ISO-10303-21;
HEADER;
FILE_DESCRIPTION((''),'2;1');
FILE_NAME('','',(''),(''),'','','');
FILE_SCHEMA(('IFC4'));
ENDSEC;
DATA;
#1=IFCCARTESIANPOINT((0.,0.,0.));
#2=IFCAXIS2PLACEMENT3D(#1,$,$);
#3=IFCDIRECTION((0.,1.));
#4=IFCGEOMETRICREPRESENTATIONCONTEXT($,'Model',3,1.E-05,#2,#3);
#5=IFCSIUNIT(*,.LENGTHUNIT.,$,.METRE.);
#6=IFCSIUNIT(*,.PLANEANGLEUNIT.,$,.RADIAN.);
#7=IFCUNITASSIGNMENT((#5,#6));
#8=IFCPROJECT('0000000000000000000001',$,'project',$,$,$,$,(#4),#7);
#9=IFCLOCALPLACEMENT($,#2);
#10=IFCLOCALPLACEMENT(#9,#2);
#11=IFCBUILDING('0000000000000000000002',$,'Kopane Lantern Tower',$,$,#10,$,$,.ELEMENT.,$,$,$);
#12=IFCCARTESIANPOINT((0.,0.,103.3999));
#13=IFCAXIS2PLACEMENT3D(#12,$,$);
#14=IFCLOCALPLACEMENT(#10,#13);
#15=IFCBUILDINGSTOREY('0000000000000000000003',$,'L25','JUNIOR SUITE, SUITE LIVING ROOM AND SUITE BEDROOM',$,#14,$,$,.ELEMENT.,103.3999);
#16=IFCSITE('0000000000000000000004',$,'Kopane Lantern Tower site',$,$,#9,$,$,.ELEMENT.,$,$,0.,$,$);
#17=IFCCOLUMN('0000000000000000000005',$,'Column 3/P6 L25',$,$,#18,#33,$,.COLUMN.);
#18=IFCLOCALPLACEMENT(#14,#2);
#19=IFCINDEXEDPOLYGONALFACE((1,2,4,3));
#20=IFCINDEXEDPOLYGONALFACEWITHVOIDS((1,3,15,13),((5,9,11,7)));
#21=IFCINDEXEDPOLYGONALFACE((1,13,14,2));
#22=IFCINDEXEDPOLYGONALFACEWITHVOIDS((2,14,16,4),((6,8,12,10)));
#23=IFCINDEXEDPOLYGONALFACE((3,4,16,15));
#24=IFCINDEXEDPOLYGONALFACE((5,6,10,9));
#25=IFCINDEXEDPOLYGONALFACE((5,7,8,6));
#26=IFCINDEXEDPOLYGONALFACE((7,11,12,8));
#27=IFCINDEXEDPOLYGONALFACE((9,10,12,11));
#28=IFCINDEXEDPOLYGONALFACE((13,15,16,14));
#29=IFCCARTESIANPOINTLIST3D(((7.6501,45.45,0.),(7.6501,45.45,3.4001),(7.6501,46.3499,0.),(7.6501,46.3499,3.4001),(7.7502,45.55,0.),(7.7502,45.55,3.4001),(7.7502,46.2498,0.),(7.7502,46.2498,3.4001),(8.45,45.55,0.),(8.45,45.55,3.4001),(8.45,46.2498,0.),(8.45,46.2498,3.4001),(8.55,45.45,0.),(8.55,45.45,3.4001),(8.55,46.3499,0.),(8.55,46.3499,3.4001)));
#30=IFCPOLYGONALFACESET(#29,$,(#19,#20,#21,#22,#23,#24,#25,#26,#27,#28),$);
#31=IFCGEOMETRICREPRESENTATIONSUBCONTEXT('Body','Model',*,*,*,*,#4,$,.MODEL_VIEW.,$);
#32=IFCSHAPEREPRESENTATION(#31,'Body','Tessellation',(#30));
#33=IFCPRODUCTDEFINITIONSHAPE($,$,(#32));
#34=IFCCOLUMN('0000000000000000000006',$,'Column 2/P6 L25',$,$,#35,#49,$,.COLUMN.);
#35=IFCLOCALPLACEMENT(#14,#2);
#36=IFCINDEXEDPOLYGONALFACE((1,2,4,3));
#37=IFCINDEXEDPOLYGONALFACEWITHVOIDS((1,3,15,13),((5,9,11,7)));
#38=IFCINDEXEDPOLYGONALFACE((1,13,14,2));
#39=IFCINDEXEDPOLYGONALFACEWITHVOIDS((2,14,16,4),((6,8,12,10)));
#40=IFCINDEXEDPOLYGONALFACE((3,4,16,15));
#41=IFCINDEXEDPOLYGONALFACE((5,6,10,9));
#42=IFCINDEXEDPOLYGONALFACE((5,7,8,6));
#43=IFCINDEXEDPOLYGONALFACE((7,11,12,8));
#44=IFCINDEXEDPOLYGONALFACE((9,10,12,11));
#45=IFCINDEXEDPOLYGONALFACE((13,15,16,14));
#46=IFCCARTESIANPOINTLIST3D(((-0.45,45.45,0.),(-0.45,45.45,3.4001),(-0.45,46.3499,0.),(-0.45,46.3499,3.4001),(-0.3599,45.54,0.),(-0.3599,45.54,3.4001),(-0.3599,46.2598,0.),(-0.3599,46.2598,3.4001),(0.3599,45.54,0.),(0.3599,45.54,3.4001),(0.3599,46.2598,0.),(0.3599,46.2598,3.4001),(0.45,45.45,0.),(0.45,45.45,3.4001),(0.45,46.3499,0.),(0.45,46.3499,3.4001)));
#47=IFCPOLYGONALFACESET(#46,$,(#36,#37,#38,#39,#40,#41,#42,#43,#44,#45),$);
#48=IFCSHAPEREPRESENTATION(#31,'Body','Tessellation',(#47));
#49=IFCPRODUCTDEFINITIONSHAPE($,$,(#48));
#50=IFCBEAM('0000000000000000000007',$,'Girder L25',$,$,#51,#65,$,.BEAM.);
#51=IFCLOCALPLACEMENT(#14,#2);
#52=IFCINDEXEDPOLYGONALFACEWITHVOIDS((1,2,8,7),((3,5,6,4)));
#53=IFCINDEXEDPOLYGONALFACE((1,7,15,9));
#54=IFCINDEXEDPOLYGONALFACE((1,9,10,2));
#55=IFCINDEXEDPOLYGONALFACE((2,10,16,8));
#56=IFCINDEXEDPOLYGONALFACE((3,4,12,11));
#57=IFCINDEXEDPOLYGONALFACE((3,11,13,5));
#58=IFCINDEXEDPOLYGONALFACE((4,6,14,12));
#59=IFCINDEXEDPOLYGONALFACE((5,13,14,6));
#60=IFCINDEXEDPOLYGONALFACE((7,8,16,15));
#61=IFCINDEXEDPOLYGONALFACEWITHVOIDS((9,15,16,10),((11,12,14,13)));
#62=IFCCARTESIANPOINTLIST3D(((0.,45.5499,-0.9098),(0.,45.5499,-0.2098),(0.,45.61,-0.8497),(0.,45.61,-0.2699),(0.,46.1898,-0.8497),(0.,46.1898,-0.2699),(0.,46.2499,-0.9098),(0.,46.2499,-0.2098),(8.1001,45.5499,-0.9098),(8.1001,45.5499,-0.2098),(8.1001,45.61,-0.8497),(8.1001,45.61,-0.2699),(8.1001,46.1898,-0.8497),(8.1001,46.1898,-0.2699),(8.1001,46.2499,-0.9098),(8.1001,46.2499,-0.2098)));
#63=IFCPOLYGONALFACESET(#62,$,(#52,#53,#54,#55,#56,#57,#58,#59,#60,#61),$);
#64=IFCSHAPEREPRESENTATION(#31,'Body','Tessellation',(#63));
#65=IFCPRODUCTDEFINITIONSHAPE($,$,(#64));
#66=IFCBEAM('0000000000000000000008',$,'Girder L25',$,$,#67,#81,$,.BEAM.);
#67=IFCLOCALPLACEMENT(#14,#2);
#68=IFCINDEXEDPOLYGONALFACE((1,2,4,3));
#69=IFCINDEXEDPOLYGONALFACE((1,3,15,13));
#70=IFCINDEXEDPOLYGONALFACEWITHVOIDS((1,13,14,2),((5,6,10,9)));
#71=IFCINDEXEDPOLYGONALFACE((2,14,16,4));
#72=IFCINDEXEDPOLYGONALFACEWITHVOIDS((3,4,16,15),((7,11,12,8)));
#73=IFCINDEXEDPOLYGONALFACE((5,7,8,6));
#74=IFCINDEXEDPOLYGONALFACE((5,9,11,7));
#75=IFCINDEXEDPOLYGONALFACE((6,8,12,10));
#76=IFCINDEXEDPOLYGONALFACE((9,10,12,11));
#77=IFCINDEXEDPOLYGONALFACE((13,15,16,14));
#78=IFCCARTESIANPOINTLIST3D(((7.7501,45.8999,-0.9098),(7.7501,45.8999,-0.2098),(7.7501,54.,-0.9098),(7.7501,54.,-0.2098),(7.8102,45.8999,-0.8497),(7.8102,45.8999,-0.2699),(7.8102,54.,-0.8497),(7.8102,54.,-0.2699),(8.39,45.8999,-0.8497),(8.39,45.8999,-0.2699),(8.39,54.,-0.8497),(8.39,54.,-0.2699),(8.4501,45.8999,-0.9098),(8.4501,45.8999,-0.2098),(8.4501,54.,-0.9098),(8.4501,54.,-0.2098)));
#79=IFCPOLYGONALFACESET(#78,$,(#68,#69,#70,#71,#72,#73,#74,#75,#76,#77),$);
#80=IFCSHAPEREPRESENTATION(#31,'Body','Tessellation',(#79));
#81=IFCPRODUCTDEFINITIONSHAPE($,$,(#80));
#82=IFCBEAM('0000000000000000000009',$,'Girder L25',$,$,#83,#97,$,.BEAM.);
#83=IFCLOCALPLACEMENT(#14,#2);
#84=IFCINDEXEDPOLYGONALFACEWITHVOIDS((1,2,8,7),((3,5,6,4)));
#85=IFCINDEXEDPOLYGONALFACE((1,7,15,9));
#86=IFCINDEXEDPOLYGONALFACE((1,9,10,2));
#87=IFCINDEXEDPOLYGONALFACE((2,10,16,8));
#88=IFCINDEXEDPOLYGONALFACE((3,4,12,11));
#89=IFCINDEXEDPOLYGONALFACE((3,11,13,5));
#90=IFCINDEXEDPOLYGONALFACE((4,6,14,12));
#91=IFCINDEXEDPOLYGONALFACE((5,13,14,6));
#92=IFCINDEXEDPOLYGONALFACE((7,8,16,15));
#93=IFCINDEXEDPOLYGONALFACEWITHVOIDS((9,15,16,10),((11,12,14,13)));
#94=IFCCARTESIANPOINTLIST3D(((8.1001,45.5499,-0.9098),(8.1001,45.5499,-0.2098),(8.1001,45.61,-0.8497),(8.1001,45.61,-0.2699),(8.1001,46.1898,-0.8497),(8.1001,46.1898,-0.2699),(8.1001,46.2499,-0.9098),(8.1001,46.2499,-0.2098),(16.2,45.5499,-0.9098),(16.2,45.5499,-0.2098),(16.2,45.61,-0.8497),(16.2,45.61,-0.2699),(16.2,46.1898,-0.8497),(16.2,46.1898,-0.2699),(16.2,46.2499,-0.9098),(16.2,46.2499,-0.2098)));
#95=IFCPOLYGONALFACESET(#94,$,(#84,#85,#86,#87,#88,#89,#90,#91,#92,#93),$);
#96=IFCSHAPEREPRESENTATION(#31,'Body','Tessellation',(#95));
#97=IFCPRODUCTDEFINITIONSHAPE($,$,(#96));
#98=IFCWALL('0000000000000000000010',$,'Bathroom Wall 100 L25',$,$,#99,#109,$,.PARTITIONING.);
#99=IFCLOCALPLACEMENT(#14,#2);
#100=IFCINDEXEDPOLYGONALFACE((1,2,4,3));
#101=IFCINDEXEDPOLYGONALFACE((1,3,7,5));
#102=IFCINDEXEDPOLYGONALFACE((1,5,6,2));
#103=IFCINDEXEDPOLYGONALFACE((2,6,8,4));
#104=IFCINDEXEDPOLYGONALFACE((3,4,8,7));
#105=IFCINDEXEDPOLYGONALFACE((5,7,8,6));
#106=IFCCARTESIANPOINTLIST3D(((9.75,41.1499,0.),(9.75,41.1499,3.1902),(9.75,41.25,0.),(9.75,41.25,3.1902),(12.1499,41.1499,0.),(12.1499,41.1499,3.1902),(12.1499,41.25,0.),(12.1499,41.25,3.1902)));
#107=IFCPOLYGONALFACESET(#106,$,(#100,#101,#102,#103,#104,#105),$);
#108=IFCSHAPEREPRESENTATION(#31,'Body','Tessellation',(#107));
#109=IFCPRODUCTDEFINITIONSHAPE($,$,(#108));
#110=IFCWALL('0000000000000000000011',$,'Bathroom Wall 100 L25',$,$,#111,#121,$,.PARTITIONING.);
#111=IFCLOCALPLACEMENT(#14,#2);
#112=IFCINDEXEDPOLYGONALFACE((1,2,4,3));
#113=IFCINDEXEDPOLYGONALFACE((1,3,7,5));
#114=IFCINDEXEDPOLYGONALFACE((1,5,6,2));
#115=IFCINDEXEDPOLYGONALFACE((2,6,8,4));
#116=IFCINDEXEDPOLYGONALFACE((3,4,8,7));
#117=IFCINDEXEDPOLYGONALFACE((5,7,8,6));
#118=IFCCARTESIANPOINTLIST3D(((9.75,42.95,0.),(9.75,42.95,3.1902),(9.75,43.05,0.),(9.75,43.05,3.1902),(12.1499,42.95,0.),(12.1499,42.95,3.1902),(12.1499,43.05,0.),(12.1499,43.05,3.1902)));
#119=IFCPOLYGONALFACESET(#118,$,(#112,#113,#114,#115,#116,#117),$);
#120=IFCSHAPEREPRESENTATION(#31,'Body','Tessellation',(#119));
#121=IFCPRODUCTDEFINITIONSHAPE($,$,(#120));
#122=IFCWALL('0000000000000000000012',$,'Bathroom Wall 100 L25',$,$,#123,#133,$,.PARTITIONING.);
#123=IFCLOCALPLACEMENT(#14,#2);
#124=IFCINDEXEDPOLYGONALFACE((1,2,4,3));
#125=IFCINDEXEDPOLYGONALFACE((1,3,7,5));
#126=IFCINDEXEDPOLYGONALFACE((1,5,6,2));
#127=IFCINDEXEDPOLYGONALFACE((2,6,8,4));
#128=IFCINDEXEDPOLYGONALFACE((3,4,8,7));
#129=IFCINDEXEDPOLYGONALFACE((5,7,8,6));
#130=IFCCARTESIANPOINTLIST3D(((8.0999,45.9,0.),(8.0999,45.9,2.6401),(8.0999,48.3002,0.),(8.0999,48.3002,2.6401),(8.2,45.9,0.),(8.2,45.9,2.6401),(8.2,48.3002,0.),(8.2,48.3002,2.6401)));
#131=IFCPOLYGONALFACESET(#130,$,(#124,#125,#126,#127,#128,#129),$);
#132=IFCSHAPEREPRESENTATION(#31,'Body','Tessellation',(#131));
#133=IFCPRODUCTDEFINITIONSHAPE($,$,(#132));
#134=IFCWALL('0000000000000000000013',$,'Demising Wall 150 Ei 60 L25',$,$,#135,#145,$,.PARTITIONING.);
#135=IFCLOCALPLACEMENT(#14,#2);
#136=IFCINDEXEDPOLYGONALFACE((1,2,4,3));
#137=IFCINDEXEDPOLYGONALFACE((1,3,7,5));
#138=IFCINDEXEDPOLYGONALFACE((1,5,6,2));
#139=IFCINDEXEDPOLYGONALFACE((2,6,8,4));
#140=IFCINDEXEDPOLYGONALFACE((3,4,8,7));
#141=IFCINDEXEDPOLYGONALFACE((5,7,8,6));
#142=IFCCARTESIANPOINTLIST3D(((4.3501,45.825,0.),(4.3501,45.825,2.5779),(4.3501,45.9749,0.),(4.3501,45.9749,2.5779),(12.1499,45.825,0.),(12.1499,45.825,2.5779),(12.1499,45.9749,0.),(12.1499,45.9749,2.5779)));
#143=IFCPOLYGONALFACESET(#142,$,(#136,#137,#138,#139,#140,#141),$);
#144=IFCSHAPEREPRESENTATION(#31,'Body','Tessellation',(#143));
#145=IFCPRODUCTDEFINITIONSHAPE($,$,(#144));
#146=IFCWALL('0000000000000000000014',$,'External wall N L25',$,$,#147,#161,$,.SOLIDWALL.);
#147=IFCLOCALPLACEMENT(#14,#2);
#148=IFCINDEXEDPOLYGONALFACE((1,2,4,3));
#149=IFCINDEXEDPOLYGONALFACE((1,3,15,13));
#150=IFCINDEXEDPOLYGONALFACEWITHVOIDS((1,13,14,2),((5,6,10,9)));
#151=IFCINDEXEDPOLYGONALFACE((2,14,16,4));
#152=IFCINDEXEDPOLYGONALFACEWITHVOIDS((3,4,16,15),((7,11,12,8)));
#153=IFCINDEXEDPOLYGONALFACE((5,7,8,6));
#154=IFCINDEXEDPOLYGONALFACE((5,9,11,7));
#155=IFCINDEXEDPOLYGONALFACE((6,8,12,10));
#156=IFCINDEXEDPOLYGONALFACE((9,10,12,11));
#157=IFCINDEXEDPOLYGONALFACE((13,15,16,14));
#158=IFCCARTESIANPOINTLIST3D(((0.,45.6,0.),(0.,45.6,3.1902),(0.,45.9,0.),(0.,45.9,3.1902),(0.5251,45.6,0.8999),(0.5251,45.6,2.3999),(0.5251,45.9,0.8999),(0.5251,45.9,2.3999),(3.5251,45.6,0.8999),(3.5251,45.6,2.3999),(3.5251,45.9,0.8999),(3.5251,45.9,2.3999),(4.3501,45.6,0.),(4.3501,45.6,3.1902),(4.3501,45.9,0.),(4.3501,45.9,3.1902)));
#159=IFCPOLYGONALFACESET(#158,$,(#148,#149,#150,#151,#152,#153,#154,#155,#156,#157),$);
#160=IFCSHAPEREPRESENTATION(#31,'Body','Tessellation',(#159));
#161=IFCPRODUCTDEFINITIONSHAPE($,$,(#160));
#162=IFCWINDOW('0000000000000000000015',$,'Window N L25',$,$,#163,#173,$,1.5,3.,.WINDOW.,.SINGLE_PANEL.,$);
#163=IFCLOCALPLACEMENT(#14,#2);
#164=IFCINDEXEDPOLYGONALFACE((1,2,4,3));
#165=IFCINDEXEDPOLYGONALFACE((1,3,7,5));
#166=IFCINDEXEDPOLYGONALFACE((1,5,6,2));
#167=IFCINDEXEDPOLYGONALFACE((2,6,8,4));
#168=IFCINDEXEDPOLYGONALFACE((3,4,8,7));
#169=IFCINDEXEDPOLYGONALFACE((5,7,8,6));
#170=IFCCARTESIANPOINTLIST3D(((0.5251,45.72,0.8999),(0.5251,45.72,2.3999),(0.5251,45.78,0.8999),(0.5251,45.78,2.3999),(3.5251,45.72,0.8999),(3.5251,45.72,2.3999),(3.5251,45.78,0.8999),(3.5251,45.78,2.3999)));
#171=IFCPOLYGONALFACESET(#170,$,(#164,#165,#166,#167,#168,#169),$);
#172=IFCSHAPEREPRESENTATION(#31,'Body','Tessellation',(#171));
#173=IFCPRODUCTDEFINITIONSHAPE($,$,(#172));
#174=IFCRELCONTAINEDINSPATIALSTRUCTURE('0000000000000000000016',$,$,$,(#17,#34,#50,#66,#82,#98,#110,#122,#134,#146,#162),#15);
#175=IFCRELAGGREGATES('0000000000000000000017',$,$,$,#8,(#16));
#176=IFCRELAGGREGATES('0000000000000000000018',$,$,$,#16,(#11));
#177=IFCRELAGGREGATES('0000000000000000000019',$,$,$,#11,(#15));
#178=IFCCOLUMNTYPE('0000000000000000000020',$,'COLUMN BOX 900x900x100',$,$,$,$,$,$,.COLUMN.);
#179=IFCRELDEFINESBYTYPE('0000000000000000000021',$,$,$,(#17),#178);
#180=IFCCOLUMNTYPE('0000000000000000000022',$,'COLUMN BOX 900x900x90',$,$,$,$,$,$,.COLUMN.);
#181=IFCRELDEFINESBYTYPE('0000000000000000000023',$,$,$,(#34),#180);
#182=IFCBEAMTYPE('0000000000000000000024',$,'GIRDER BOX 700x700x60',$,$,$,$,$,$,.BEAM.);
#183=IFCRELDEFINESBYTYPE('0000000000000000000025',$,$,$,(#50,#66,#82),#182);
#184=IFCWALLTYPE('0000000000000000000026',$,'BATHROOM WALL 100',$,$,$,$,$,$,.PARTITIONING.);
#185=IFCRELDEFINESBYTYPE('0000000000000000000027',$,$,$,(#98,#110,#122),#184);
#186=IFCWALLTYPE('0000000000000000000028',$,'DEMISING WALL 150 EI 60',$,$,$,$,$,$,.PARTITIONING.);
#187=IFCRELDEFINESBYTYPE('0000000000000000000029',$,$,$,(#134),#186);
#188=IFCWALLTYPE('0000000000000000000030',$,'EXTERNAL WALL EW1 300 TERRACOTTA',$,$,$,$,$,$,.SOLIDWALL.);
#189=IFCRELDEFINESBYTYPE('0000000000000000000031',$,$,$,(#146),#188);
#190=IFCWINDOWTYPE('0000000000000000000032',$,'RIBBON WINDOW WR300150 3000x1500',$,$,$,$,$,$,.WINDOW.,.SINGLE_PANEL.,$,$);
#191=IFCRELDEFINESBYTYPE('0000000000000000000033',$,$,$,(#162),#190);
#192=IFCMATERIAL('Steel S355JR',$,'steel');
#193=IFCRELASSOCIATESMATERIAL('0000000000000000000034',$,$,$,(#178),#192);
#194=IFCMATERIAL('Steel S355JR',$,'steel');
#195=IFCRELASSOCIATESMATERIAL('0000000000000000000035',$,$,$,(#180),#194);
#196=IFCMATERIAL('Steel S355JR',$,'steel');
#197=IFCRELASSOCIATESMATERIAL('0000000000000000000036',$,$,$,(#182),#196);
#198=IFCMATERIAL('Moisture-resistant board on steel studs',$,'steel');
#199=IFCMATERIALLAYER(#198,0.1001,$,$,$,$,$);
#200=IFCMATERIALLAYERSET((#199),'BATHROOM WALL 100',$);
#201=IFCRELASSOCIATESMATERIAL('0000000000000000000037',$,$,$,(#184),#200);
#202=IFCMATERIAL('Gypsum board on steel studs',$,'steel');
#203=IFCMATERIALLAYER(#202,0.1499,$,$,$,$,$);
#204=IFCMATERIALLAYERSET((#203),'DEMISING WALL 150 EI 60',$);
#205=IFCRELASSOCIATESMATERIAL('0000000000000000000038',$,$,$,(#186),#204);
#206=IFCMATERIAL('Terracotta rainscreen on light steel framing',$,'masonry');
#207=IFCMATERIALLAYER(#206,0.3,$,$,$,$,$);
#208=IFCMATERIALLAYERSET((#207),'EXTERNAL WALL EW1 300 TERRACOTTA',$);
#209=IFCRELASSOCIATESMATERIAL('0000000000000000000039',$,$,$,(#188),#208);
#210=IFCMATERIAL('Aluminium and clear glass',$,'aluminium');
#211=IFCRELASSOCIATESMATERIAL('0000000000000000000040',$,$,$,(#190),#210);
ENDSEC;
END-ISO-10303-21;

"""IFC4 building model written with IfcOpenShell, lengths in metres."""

from ifc_helpers import new_model, si_unit, direction, frame, frame_2d, origin, origin_2d, place, context, subcontext, project, spatial, rectangle, hollow_rectangle, extrude, material, layer, layer_set, material_profile, profile_set, type_object, element, fill, save


model = new_model("IFC4")

# Units and contexts
model_context = context("Model", 3, precision=1e-05, world=origin(), true_north=direction((0.0, 1.0)))
body_context = subcontext(model_context, "Body", "Model", "MODEL_VIEW")
ifc_project = project(units=[si_unit("LENGTHUNIT", "METRE"), si_unit("PLANEANGLEUNIT", "RADIAN")], contexts=[model_context])

# Site, building, storey
site_placement = place(None, origin())
site = spatial("IfcSite", under=ifc_project, at=site_placement, Name="Kopane Lantern Tower site", CompositionType="ELEMENT", RefElevation=0.0)
building_placement = place(site_placement, origin())
building = spatial("IfcBuilding", under=site, at=building_placement, Name="Kopane Lantern Tower", CompositionType="ELEMENT")
storey_placement = place(building_placement, frame((0.0, 0.0, 103.3999)))
storey = spatial("IfcBuildingStorey", under=building, at=storey_placement, Name="L25", Description="JUNIOR SUITE, SUITE LIVING ROOM AND SUITE BEDROOM", CompositionType="ELEMENT", Elevation=103.3999)

# Columns
ifc_material_1 = material(Name="Steel S355JR", Category="steel")
ifc_material_profile_1 = material_profile(ifc_material_1, hollow_rectangle(XDim=0.8999, YDim=0.8999, WallThickness=0.1001, at=origin_2d()), Name="BOX 900x900x100")
ifc_profile_set_1 = profile_set([ifc_material_profile_1], Name="Steel S355JR")
column_type_1 = type_object("IfcColumnType", Name="COLUMN BOX 900x900x100", PredefinedType="COLUMN", material=ifc_profile_set_1)
column_1_placement = place(storey_placement, frame((8.1001, 45.8999, 0.0), z_axis=(0.0, 0.0, 1.0), x_axis=(1.0, 0.0, 0.0)))
element("IfcColumn", 1, at=column_1_placement, inside=storey, type_object=column_type_1, Name="Column 3/P6 L25", PredefinedType="COLUMN", context=body_context, shape_type="SweptSolid", body=[
    extrude(hollow_rectangle(XDim=0.8999, YDim=0.8999, WallThickness=0.1001, at=origin_2d()), origin(), (0.0, 0.0, 1.0), 3.4001),
])
ifc_material_2 = material(Name="Steel S355JR", Category="steel")
ifc_material_profile_2 = material_profile(ifc_material_2, hollow_rectangle(XDim=0.8999, YDim=0.8999, WallThickness=0.0901, at=origin_2d()), Name="BOX 900x900x90")
ifc_profile_set_2 = profile_set([ifc_material_profile_2], Name="Steel S355JR")
column_type_2 = type_object("IfcColumnType", Name="COLUMN BOX 900x900x90", PredefinedType="COLUMN", material=ifc_profile_set_2)
column_2_placement = place(storey_placement, frame((0.0, 45.8999, 0.0), z_axis=(0.0, 0.0, 1.0), x_axis=(1.0, 0.0, 0.0)))
element("IfcColumn", 2, at=column_2_placement, inside=storey, type_object=column_type_2, Name="Column 2/P6 L25", PredefinedType="COLUMN", context=body_context, shape_type="SweptSolid", body=[
    extrude(hollow_rectangle(XDim=0.8999, YDim=0.8999, WallThickness=0.0901, at=origin_2d()), origin(), (0.0, 0.0, 1.0), 3.4001),
])

# Beams
ifc_material_3 = material(Name="Steel S355JR", Category="steel")
ifc_material_profile_3 = material_profile(ifc_material_3, hollow_rectangle(XDim=0.7, YDim=0.7, WallThickness=0.0601, at=origin_2d()), Name="BOX 700x700x60")
ifc_profile_set_3 = profile_set([ifc_material_profile_3], Name="Steel S355JR")
beam_type = type_object("IfcBeamType", Name="GIRDER BOX 700x700x60", PredefinedType="BEAM", material=ifc_profile_set_3)
for number, where, z_axis, x_axis, name in (
    (3, (0.0, 45.8999, -0.5598), (1.0, 0.0, 0.0), (0.0, 1.0, 0.0), "Girder L25"),
    (4, (8.1001, 45.8999, -0.5598), (0.0, 1.0, 0.0), (-1.0, 0.0, 0.0), "Girder L25"),
):
    element("IfcBeam", number, at=place(storey_placement, frame(where, z_axis=z_axis, x_axis=x_axis)), inside=storey, type_object=beam_type, Name=name, PredefinedType="BEAM", context=body_context, shape_type="SweptSolid", body=[
        extrude(hollow_rectangle(XDim=0.7, YDim=0.7, WallThickness=0.0601, at=origin_2d()), origin(), (0.0, 0.0, 1.0), 8.1001),
    ])
beam_placement = place(storey_placement, frame((8.1001, 45.8999, -0.5598), z_axis=(1.0, 0.0, 0.0), x_axis=(0.0, 1.0, 0.0)))
element("IfcBeam", 5, at=beam_placement, inside=storey, type_object=beam_type, Name="Girder L25", PredefinedType="BEAM", context=body_context, shape_type="SweptSolid", body=[
    extrude(hollow_rectangle(XDim=0.7, YDim=0.7, WallThickness=0.0601, at=origin_2d()), origin(), (0.0, 0.0, 1.0), 8.0999),
])

# Walls
ifc_material_4 = material(Name="Moisture-resistant board on steel studs", Category="steel")
ifc_layer_1 = layer(ifc_material_4, 0.1001)
ifc_layer_set_1 = layer_set([ifc_layer_1], Name="BATHROOM WALL 100")
wall_type_1 = type_object("IfcWallType", Name="BATHROOM WALL 100", PredefinedType="PARTITIONING", material=ifc_layer_set_1)
for number, where, z_axis, x_axis, name in (
    (6, (12.1499, 41.2, 0.0), (0.0, 0.0, 1.0), (-1.0, 0.0, 0.0), "Bathroom Wall 100 L25"),
    (7, (12.1499, 43.0, 0.0), (0.0, 0.0, 1.0), (-1.0, 0.0, 0.0), "Bathroom Wall 100 L25"),
):
    element("IfcWall", number, at=place(storey_placement, frame(where, z_axis=z_axis, x_axis=x_axis)), inside=storey, type_object=wall_type_1, Name=name, PredefinedType="PARTITIONING", context=body_context, shape_type="SweptSolid", body=[
        extrude(rectangle(XDim=2.3999, YDim=0.1001, at=frame_2d((1.2, 0.0))), origin(), (0.0, 0.0, 1.0), 3.1902),
    ])
wall_1_placement = place(storey_placement, frame((8.1499, 45.8999, 0.0), z_axis=(0.0, 0.0, 1.0), x_axis=(0.0, 1.0, 0.0)))
element("IfcWall", 8, at=wall_1_placement, inside=storey, type_object=wall_type_1, Name="Bathroom Wall 100 L25", PredefinedType="PARTITIONING", context=body_context, shape_type="SweptSolid", body=[
    extrude(rectangle(XDim=2.4001, YDim=0.1001, at=frame_2d((1.2002, 0.0))), origin(), (0.0, 0.0, 1.0), 2.6401),
])
ifc_material_5 = material(Name="Gypsum board on steel studs", Category="steel")
ifc_layer_2 = layer(ifc_material_5, 0.1499)
ifc_layer_set_2 = layer_set([ifc_layer_2], Name="DEMISING WALL 150 EI 60")
wall_type_2 = type_object("IfcWallType", Name="DEMISING WALL 150 EI 60", PredefinedType="PARTITIONING", material=ifc_layer_set_2)
wall_2_placement = place(storey_placement, frame((4.3501, 45.8999, 0.0), z_axis=(0.0, 0.0, 1.0), x_axis=(1.0, 0.0, 0.0)))
element("IfcWall", 9, at=wall_2_placement, inside=storey, type_object=wall_type_2, Name="Demising Wall 150 Ei 60 L25", PredefinedType="PARTITIONING", context=body_context, shape_type="SweptSolid", body=[
    extrude(rectangle(XDim=7.7998, YDim=0.1499, at=frame_2d((3.8999, 0.0))), origin(), (0.0, 0.0, 1.0), 2.5779),
])

# Wall, opening, window
ifc_material_6 = material(Name="Terracotta rainscreen on light steel framing", Category="masonry")
ifc_layer_3 = layer(ifc_material_6, 0.3)
ifc_layer_set_3 = layer_set([ifc_layer_3], Name="EXTERNAL WALL EW1 300 TERRACOTTA")
wall_type_3 = type_object("IfcWallType", Name="EXTERNAL WALL EW1 300 TERRACOTTA", PredefinedType="SOLIDWALL", material=ifc_layer_set_3)
wall_3_placement = place(storey_placement, frame((4.3501, 45.75, 0.0), z_axis=(0.0, 0.0, 1.0), x_axis=(-1.0, 0.0, 0.0)))
wall_3 = element("IfcWall", 10, at=wall_3_placement, inside=storey, type_object=wall_type_3, Name="External wall N L25", PredefinedType="SOLIDWALL", context=body_context, shape_type="SweptSolid", body=[
    extrude(rectangle(XDim=4.3501, YDim=0.3, at=frame_2d((2.175, 0.0))), origin(), (0.0, 0.0, 1.0), 3.1902),
])
opening_1_placement = place(wall_3_placement, frame((0.825, 0.0, 0.8999)))
opening_1 = element("IfcOpeningElement", 11, at=opening_1_placement, cuts=wall_3, PredefinedType="OPENING", context=body_context, shape_type="SweptSolid", body=[
    extrude(rectangle(XDim=3.0, YDim=1.5, at=frame_2d((1.5, 0.75))), frame((0.0, 0.1599, 0.0), z_axis=(0.0, -1.0, 0.0), x_axis=(1.0, 0.0, 0.0)), (0.0, 0.0, 1.0), 0.3201),
])
ifc_material_7 = material(Name="Aluminium and clear glass", Category="aluminium")
window_type_1 = type_object("IfcWindowType", Name="RIBBON WINDOW WR300150 3000x1500", PartitioningType="SINGLE_PANEL", PredefinedType="WINDOW", material=ifc_material_7)
window_1_placement = place(opening_1_placement, origin())
window_1 = element("IfcWindow", 12, at=window_1_placement, inside=storey, type_object=window_type_1, Name="Window N L25", OverallHeight=1.5, OverallWidth=3.0, PartitioningType="SINGLE_PANEL", PredefinedType="WINDOW", context=body_context, shape_type="SweptSolid", body=[
    extrude(rectangle(XDim=3.0, YDim=1.5, at=frame_2d((1.5, 0.75))), frame((0.0, 0.03, 0.0), z_axis=(0.0, -1.0, 0.0), x_axis=(1.0, 0.0, 0.0)), (0.0, 0.0, 1.0), 0.0601),
])
fill(opening_1, window_1)

save(model, "model.ifc")
